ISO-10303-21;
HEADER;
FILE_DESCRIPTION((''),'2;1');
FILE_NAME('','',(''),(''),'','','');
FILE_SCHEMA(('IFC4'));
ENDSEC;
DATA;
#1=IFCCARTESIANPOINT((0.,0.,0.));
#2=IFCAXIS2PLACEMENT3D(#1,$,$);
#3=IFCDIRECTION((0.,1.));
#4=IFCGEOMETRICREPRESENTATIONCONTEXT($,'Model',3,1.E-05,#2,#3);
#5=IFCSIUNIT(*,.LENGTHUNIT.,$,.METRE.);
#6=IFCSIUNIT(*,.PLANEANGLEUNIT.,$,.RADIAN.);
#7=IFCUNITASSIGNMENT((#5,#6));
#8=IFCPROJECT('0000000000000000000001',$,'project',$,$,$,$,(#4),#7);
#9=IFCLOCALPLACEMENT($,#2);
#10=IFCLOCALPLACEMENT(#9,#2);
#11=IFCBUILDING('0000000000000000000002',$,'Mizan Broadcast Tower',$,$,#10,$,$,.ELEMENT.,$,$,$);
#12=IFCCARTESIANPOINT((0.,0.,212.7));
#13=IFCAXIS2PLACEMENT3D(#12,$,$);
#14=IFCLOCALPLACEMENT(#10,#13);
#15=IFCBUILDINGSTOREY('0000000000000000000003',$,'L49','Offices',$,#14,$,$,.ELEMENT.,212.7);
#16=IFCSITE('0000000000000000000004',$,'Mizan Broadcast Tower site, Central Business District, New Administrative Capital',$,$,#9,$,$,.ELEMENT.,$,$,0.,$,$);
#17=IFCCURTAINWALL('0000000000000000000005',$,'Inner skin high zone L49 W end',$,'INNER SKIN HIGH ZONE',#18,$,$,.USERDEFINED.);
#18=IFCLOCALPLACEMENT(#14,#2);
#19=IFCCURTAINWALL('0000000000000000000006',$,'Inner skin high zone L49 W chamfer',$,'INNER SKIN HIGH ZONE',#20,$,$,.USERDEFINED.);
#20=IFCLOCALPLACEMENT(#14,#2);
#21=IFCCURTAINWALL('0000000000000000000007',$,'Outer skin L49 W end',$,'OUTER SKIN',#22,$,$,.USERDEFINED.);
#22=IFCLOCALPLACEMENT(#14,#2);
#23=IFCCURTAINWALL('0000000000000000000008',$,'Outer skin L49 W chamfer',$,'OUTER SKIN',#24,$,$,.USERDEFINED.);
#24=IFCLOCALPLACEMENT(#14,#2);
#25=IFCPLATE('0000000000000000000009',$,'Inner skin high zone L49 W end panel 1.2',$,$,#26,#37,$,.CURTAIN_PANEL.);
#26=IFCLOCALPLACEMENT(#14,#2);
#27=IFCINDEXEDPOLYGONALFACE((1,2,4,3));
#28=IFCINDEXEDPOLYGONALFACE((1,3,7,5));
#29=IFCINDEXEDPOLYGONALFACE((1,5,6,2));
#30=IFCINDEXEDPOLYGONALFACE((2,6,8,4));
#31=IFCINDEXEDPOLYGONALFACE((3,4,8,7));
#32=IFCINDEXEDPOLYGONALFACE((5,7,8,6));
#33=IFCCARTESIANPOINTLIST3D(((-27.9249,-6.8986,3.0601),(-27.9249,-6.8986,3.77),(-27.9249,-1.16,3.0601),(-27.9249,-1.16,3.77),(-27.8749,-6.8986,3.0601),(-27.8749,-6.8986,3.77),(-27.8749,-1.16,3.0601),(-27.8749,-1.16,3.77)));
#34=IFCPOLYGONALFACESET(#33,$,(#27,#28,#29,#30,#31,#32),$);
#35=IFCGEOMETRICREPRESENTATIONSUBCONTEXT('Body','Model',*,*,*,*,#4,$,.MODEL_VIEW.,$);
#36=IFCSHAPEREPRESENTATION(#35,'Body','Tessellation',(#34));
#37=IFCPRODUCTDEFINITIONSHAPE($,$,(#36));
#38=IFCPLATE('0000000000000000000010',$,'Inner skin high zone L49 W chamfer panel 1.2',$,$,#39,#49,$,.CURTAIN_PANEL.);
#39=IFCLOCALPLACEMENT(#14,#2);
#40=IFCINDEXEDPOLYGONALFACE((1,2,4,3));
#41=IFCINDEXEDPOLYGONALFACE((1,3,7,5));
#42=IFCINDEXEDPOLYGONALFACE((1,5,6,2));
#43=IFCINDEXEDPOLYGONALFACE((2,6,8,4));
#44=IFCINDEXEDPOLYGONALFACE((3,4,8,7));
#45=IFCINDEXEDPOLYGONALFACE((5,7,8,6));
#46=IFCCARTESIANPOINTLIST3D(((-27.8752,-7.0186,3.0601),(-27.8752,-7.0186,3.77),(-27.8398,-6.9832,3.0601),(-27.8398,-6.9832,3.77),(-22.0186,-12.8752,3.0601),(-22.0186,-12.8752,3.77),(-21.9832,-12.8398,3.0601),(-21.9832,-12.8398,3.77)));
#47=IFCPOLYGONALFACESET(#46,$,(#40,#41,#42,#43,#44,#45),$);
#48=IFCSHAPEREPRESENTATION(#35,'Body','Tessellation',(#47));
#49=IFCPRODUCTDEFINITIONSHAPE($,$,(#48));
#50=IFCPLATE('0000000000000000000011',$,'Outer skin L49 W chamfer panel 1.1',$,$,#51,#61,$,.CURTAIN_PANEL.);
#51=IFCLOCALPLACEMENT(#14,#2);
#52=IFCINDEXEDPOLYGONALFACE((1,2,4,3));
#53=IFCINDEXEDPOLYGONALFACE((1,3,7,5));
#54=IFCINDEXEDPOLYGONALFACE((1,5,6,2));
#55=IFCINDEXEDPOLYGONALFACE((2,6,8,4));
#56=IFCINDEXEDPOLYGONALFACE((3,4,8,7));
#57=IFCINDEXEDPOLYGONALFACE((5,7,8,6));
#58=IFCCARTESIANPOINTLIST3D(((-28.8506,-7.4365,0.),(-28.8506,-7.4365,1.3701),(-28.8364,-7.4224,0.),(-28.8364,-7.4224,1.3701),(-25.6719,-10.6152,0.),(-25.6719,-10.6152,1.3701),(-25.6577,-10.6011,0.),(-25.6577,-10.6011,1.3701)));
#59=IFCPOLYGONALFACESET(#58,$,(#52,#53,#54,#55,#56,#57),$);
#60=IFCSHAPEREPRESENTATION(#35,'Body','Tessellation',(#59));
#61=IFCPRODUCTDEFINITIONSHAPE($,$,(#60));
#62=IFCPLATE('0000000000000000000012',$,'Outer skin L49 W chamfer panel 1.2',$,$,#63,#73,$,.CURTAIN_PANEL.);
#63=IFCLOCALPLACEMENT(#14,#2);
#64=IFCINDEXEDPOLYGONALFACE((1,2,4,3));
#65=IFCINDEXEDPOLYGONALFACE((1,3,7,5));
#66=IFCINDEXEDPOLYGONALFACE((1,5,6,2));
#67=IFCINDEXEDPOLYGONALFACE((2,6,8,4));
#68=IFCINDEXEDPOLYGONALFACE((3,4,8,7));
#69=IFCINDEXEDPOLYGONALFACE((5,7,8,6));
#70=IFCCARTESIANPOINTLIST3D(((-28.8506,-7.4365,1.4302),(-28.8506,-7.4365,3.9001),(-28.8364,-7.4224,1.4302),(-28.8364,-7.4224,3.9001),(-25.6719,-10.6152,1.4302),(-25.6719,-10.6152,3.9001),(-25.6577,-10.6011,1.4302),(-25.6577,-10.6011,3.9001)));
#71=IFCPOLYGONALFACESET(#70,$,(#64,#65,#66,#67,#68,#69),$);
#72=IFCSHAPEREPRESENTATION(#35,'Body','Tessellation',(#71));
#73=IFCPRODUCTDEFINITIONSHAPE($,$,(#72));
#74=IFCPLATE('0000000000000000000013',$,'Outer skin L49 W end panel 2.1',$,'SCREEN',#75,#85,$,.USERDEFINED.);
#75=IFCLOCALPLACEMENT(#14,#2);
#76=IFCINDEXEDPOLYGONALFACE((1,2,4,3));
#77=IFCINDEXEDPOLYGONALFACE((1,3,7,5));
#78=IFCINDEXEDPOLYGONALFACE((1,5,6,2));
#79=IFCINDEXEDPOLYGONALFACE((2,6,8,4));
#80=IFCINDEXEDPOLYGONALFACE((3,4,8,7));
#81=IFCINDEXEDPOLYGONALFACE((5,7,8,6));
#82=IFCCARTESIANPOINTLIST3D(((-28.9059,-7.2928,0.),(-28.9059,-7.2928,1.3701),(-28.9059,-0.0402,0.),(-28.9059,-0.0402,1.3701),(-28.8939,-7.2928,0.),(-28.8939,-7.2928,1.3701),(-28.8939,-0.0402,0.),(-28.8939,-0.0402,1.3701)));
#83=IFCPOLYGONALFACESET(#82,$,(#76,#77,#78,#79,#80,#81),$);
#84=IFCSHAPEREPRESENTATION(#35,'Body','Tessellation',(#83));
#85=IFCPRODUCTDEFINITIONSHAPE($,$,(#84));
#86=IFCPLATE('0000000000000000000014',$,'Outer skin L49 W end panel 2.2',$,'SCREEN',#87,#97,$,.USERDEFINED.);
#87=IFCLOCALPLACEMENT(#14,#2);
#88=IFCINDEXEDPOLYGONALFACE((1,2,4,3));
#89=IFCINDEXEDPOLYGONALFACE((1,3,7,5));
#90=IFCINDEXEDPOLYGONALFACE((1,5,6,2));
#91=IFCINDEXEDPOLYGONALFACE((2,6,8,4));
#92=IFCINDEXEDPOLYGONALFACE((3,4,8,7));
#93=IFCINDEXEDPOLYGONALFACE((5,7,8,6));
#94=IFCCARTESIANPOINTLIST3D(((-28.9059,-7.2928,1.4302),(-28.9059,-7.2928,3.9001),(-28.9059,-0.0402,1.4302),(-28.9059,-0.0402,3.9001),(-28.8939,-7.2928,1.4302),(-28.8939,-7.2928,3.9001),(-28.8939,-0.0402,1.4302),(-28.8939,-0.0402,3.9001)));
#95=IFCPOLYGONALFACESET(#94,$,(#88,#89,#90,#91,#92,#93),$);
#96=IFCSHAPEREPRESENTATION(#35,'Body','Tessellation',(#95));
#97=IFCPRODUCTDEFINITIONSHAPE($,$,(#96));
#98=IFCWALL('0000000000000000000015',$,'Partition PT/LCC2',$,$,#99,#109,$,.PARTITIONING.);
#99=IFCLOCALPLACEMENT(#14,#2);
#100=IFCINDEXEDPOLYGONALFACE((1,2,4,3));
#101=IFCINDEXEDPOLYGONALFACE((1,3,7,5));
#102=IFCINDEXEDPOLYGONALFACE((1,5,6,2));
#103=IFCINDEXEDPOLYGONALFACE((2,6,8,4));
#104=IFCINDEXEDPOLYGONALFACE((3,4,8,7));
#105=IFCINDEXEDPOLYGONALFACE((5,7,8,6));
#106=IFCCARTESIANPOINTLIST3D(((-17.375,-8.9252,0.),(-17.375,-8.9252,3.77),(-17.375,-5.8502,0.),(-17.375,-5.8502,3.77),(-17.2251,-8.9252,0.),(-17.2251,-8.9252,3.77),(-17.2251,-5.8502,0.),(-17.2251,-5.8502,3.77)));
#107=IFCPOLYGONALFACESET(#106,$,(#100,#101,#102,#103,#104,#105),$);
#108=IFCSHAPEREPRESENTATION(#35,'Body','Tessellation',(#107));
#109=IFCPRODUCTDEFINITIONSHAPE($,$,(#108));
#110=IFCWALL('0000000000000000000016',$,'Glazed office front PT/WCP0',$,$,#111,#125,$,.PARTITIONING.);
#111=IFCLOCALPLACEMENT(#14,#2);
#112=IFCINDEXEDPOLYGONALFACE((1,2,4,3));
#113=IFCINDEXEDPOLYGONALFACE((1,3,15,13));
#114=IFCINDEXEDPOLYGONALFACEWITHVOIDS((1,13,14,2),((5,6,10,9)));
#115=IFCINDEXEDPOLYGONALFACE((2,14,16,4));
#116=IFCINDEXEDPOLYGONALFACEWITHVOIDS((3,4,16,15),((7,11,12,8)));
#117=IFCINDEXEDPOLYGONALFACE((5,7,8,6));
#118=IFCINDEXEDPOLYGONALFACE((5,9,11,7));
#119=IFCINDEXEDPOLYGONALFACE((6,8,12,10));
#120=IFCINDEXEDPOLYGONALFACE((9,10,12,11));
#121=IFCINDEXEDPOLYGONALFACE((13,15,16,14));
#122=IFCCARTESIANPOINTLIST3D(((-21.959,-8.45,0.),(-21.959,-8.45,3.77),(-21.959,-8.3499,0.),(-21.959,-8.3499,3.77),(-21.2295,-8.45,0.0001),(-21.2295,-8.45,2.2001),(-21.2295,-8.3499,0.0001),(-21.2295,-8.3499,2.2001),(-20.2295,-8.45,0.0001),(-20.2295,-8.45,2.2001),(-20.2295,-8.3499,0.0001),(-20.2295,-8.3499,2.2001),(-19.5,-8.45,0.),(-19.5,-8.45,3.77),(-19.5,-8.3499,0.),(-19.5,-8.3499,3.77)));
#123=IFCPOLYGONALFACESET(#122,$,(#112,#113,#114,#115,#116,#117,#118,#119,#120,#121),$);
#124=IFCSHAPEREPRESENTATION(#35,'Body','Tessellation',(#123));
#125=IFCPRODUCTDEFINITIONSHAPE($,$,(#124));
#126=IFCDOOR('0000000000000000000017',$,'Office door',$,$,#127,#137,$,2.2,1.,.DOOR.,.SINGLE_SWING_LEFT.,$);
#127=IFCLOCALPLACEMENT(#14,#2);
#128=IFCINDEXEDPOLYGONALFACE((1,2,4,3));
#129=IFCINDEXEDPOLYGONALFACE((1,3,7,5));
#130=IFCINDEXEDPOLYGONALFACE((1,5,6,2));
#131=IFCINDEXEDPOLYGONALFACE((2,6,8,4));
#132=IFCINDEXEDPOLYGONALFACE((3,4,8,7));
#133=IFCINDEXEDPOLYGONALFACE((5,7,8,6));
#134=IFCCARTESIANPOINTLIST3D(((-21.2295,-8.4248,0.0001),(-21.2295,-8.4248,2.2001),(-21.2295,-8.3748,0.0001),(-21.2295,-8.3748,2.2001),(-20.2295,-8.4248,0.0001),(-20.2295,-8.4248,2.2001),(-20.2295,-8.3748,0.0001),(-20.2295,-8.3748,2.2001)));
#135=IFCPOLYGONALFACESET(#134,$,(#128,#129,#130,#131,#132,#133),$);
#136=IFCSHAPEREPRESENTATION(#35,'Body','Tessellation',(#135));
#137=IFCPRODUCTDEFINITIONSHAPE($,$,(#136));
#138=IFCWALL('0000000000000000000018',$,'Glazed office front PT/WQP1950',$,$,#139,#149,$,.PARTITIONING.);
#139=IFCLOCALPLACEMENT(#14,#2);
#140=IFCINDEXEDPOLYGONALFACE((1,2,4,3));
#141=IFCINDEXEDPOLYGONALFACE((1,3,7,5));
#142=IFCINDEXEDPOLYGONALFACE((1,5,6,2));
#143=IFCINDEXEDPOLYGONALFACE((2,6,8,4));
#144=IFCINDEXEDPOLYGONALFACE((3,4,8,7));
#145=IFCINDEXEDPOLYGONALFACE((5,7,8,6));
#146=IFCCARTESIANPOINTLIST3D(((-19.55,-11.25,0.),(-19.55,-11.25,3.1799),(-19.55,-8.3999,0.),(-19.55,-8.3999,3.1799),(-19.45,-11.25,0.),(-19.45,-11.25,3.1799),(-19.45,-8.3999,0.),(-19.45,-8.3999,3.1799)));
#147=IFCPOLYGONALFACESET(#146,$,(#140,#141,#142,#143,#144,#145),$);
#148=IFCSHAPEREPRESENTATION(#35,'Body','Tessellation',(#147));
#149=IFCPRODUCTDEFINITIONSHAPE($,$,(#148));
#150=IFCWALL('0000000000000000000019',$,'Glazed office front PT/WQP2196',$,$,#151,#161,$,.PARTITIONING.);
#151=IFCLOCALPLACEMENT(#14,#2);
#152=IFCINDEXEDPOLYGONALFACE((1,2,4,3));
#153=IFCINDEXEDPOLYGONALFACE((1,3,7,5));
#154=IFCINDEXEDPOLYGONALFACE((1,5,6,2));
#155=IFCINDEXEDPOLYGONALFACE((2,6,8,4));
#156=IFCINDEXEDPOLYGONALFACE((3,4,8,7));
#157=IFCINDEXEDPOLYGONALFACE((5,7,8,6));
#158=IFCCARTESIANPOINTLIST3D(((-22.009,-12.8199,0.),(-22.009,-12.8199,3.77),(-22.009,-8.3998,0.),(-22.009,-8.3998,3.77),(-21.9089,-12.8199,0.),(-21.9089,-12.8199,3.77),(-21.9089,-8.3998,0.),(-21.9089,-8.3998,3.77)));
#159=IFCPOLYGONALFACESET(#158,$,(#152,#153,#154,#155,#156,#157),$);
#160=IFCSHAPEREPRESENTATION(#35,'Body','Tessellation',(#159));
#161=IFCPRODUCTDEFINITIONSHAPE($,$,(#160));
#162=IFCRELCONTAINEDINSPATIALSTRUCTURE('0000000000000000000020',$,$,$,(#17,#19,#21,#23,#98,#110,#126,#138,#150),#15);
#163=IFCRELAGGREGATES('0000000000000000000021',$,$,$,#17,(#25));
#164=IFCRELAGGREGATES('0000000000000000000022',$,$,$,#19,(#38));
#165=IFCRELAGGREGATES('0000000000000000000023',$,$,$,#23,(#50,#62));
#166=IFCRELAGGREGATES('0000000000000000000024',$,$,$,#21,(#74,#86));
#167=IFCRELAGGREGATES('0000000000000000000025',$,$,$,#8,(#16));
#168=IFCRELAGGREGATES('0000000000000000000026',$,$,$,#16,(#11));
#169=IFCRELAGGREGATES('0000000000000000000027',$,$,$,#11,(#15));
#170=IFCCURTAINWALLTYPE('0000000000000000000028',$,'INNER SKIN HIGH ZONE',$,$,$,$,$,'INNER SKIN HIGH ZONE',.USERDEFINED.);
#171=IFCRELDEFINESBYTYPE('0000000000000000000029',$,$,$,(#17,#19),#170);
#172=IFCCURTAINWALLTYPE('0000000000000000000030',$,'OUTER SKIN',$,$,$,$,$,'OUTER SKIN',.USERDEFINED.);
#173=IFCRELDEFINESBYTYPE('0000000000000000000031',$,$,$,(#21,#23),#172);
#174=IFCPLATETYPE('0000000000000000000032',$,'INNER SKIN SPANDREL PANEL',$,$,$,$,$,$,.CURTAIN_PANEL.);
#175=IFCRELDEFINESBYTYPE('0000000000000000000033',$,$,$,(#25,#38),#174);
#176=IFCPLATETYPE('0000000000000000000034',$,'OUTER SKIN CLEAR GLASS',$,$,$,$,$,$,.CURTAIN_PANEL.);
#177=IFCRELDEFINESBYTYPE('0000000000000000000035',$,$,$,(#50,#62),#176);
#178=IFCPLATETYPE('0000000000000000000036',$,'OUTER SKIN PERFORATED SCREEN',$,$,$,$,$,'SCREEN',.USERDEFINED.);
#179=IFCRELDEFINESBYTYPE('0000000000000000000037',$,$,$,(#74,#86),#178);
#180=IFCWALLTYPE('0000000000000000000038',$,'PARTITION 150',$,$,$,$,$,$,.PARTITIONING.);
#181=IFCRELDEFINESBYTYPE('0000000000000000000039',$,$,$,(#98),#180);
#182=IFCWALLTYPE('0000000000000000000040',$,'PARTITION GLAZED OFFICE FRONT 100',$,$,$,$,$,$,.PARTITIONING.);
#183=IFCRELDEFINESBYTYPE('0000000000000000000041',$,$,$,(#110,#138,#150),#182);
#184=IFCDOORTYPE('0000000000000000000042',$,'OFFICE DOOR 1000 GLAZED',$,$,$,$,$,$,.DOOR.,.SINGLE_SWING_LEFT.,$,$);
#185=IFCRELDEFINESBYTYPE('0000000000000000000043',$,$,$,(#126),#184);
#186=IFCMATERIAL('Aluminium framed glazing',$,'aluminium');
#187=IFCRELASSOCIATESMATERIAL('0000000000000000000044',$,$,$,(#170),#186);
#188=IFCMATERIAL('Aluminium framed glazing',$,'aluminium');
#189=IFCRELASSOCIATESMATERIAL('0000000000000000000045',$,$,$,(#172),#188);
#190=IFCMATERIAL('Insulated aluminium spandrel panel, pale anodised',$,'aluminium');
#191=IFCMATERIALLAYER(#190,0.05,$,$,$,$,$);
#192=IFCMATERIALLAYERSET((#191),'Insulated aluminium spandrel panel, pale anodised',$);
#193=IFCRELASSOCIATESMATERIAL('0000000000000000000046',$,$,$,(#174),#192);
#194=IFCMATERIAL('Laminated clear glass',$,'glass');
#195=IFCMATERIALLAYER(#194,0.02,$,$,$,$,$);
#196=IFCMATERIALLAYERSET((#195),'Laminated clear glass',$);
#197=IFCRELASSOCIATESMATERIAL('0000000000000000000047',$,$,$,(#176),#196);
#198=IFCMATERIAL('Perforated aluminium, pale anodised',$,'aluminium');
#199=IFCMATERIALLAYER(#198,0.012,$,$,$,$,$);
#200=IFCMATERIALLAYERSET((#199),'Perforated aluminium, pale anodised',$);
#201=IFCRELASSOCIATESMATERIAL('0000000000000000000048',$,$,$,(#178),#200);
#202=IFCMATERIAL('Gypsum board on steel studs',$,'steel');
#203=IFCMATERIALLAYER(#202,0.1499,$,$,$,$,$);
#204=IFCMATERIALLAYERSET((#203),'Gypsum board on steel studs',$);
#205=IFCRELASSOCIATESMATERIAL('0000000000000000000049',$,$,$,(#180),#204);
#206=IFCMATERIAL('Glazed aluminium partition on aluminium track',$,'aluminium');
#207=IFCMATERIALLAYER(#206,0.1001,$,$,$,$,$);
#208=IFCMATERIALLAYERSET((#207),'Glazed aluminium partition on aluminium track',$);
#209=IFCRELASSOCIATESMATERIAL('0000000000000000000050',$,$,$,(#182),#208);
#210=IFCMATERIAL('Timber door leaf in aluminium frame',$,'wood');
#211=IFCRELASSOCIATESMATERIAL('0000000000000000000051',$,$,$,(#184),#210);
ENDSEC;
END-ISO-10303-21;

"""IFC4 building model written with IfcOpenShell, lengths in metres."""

from ifc_helpers import new_model, si_unit, direction, frame, frame_2d, origin, origin_2d, place, context, subcontext, project, spatial, rectangle, extrude, material, layer, layer_set, type_object, element, fill, aggregate, save


model = new_model("IFC4")

# Units and contexts
model_context = context("Model", 3, precision=1e-05, world=origin(), true_north=direction((0.0, 1.0)))
body_context = subcontext(model_context, "Body", "Model", "MODEL_VIEW")
ifc_project = project(units=[si_unit("LENGTHUNIT", "METRE"), si_unit("PLANEANGLEUNIT", "RADIAN")], contexts=[model_context])

# Site, building, storey
site_placement = place(None, origin())
site = spatial("IfcSite", under=ifc_project, at=site_placement, Name="Mizan Broadcast Tower site, Central Business District, New Administrative Capital", CompositionType="ELEMENT", RefElevation=0.0)
building_placement = place(site_placement, origin())
building = spatial("IfcBuilding", under=site, at=building_placement, Name="Mizan Broadcast Tower", CompositionType="ELEMENT")
storey_placement = place(building_placement, frame((0.0, 0.0, 212.7)))
storey = spatial("IfcBuildingStorey", under=building, at=storey_placement, Name="L49", Description="Offices", CompositionType="ELEMENT", Elevation=212.7)

# Curtain wall
ifc_material_1 = material(Name="Aluminium framed glazing", Category="aluminium")
curtain_wall_type_1 = type_object("IfcCurtainWallType", Name="INNER SKIN HIGH ZONE", ElementType="INNER SKIN HIGH ZONE", PredefinedType="USERDEFINED", material=ifc_material_1)
curtain_wall_1_placement = place(storey_placement, origin())
curtain_wall_1 = element("IfcCurtainWall", 1, at=curtain_wall_1_placement, inside=storey, type_object=curtain_wall_type_1, Name="Inner skin high zone L49 W end", ObjectType="INNER SKIN HIGH ZONE", PredefinedType="USERDEFINED")

# Curtain wall
curtain_wall_2_placement = place(storey_placement, origin())
curtain_wall_2 = element("IfcCurtainWall", 2, at=curtain_wall_2_placement, inside=storey, type_object=curtain_wall_type_1, Name="Inner skin high zone L49 W chamfer", ObjectType="INNER SKIN HIGH ZONE", PredefinedType="USERDEFINED")

# Curtain wall
ifc_material_2 = material(Name="Aluminium framed glazing", Category="aluminium")
curtain_wall_type_2 = type_object("IfcCurtainWallType", Name="OUTER SKIN", ElementType="OUTER SKIN", PredefinedType="USERDEFINED", material=ifc_material_2)
curtain_wall_3_placement = place(storey_placement, origin())
curtain_wall_3 = element("IfcCurtainWall", 3, at=curtain_wall_3_placement, inside=storey, type_object=curtain_wall_type_2, Name="Outer skin L49 W end", ObjectType="OUTER SKIN", PredefinedType="USERDEFINED")

# Curtain wall
curtain_wall_4_placement = place(storey_placement, origin())
curtain_wall_4 = element("IfcCurtainWall", 4, at=curtain_wall_4_placement, inside=storey, type_object=curtain_wall_type_2, Name="Outer skin L49 W chamfer", ObjectType="OUTER SKIN", PredefinedType="USERDEFINED")

# Plates
ifc_material_3 = material(Name="Insulated aluminium spandrel panel, pale anodised", Category="aluminium")
ifc_layer_1 = layer(ifc_material_3, 0.05)
ifc_layer_set_1 = layer_set([ifc_layer_1], Name="Insulated aluminium spandrel panel, pale anodised")
plate_type_1 = type_object("IfcPlateType", Name="INNER SKIN SPANDREL PANEL", PredefinedType="CURTAIN_PANEL", material=ifc_layer_set_1)
plate_1_placement = place(storey_placement, frame((-27.8999, -4.0293, 3.0601), z_axis=(0.0, 0.0, 1.0), x_axis=(0.0, -1.0, 0.0)))
plate_1 = element("IfcPlate", 5, at=plate_1_placement, type_object=plate_type_1, Name="Inner skin high zone L49 W end panel 1.2", PredefinedType="CURTAIN_PANEL", context=body_context, shape_type="SweptSolid", body=[
    extrude(rectangle(XDim=5.7385, YDim=0.05, at=origin_2d()), origin(), (0.0, 0.0, 1.0), 0.71),
])
aggregate(curtain_wall_1, [plate_1])
plate_2_placement = place(storey_placement, frame((-24.9292, -9.9292, 3.0601), z_axis=(0.0, 0.0, 1.0), x_axis=(0.707107, -0.707107, 0.0)))
plate_2 = element("IfcPlate", 6, at=plate_2_placement, type_object=plate_type_1, Name="Inner skin high zone L49 W chamfer panel 1.2", PredefinedType="CURTAIN_PANEL", context=body_context, shape_type="SweptSolid", body=[
    extrude(rectangle(XDim=8.2825, YDim=0.05, at=origin_2d()), origin(), (0.0, 0.0, 1.0), 0.71),
])
aggregate(curtain_wall_2, [plate_2])
ifc_material_4 = material(Name="Laminated clear glass", Category="glass")
ifc_layer_2 = layer(ifc_material_4, 0.02)
ifc_layer_set_2 = layer_set([ifc_layer_2], Name="Laminated clear glass")
plate_type_2 = type_object("IfcPlateType", Name="OUTER SKIN CLEAR GLASS", PredefinedType="CURTAIN_PANEL", material=ifc_layer_set_2)
plate_3_placement = place(storey_placement, frame((-27.2542, -9.0188, 0.0), z_axis=(0.0, 0.0, 1.0), x_axis=(0.707107, -0.707107, 0.0)))
plate_3 = element("IfcPlate", 7, at=plate_3_placement, type_object=plate_type_2, Name="Outer skin L49 W chamfer panel 1.1", PredefinedType="CURTAIN_PANEL", context=body_context, shape_type="SweptSolid", body=[
    extrude(rectangle(XDim=4.4954, YDim=0.02, at=origin_2d()), origin(), (0.0, 0.0, 1.0), 1.3701),
])
plate_4_placement = place(storey_placement, frame((-27.2542, -9.0188, 1.4302), z_axis=(0.0, 0.0, 1.0), x_axis=(0.707107, -0.707107, 0.0)))
plate_4 = element("IfcPlate", 8, at=plate_4_placement, type_object=plate_type_2, Name="Outer skin L49 W chamfer panel 1.2", PredefinedType="CURTAIN_PANEL", context=body_context, shape_type="SweptSolid", body=[
    extrude(rectangle(XDim=4.4954, YDim=0.02, at=origin_2d()), origin(), (0.0, 0.0, 1.0), 2.47),
])
aggregate(curtain_wall_4, [plate_3, plate_4])
ifc_material_5 = material(Name="Perforated aluminium, pale anodised", Category="aluminium")
ifc_layer_3 = layer(ifc_material_5, 0.012)
ifc_layer_set_3 = layer_set([ifc_layer_3], Name="Perforated aluminium, pale anodised")
plate_type_3 = type_object("IfcPlateType", Name="OUTER SKIN PERFORATED SCREEN", ElementType="SCREEN", PredefinedType="USERDEFINED", material=ifc_layer_set_3)
plate_5_placement = place(storey_placement, frame((-28.8999, -3.6665, 0.0), z_axis=(0.0, 0.0, 1.0), x_axis=(0.0, -1.0, 0.0)))
plate_5 = element("IfcPlate", 9, at=plate_5_placement, type_object=plate_type_3, Name="Outer skin L49 W end panel 2.1", ObjectType="SCREEN", PredefinedType="USERDEFINED", context=body_context, shape_type="SweptSolid", body=[
    extrude(rectangle(XDim=7.2527, YDim=0.012, at=origin_2d()), origin(), (0.0, 0.0, 1.0), 1.3701),
])
plate_6_placement = place(storey_placement, frame((-28.8999, -3.6665, 1.4302), z_axis=(0.0, 0.0, 1.0), x_axis=(0.0, -1.0, 0.0)))
plate_6 = element("IfcPlate", 10, at=plate_6_placement, type_object=plate_type_3, Name="Outer skin L49 W end panel 2.2", ObjectType="SCREEN", PredefinedType="USERDEFINED", context=body_context, shape_type="SweptSolid", body=[
    extrude(rectangle(XDim=7.2527, YDim=0.012, at=origin_2d()), origin(), (0.0, 0.0, 1.0), 2.47),
])
aggregate(curtain_wall_3, [plate_5, plate_6])

# Wall
ifc_material_6 = material(Name="Gypsum board on steel studs", Category="steel")
ifc_layer_4 = layer(ifc_material_6, 0.1499)
ifc_layer_set_4 = layer_set([ifc_layer_4], Name="Gypsum board on steel studs")
wall_type_1 = type_object("IfcWallType", Name="PARTITION 150", PredefinedType="PARTITIONING", material=ifc_layer_set_4)
wall_1_placement = place(storey_placement, frame((-17.3, -5.8501, 0.0), z_axis=(0.0, 0.0, 1.0), x_axis=(0.0, -1.0, 0.0)))
element("IfcWall", 11, at=wall_1_placement, inside=storey, type_object=wall_type_1, Name="Partition PT/LCC2", PredefinedType="PARTITIONING", context=body_context, shape_type="SweptSolid", body=[
    extrude(rectangle(XDim=3.075, YDim=0.1499, at=frame_2d((1.5376, 0.0))), origin(), (0.0, 0.0, 1.0), 3.77),
])

# Wall, opening, door
ifc_material_7 = material(Name="Glazed aluminium partition on aluminium track", Category="aluminium")
ifc_layer_5 = layer(ifc_material_7, 0.1001)
ifc_layer_set_5 = layer_set([ifc_layer_5], Name="Glazed aluminium partition on aluminium track")
wall_type_2 = type_object("IfcWallType", Name="PARTITION GLAZED OFFICE FRONT 100", PredefinedType="PARTITIONING", material=ifc_layer_set_5)
wall_2_placement = place(storey_placement, frame((-19.5, -8.3999, 0.0), z_axis=(0.0, 0.0, 1.0), x_axis=(-1.0, 0.0, 0.0)))
wall_2 = element("IfcWall", 12, at=wall_2_placement, inside=storey, type_object=wall_type_2, Name="Glazed office front PT/WCP0", PredefinedType="PARTITIONING", context=body_context, shape_type="SweptSolid", body=[
    extrude(rectangle(XDim=2.459, YDim=0.1001, at=frame_2d((1.2295, 0.0))), origin(), (0.0, 0.0, 1.0), 3.77),
])
opening_placement = place(wall_2_placement, frame((0.7295, 0.0, 0.0)))
opening = element("IfcOpeningElement", 13, at=opening_placement, cuts=wall_2, PredefinedType="OPENING", context=body_context, shape_type="SweptSolid", body=[
    extrude(rectangle(XDim=1.0, YDim=2.2, at=frame_2d((0.5, 1.1001))), frame((0.0, 0.0601, 0.0), z_axis=(0.0, -1.0, 0.0), x_axis=(1.0, 0.0, 0.0)), (0.0, 0.0, 1.0), 0.1201),
])
ifc_material_8 = material(Name="Timber door leaf in aluminium frame", Category="wood")
door_type = type_object("IfcDoorType", Name="OFFICE DOOR 1000 GLAZED", OperationType="SINGLE_SWING_LEFT", PredefinedType="DOOR", material=ifc_material_8)
door_placement = place(opening_placement, origin())
door = element("IfcDoor", 14, at=door_placement, inside=storey, type_object=door_type, Name="Office door", OperationType="SINGLE_SWING_LEFT", OverallHeight=2.2, OverallWidth=1.0, PredefinedType="DOOR", context=body_context, shape_type="SweptSolid", body=[
    extrude(rectangle(XDim=1.0, YDim=2.2, at=frame_2d((0.5, 1.1001))), frame((0.0, 0.0249, 0.0), z_axis=(0.0, -1.0, 0.0), x_axis=(1.0, 0.0, 0.0)), (0.0, 0.0, 1.0), 0.05),
])
fill(opening, door)

# Walls
wall_3_placement = place(storey_placement, frame((-19.5, -8.3999, 0.0), z_axis=(0.0, 0.0, 1.0), x_axis=(0.0, -1.0, 0.0)))
element("IfcWall", 15, at=wall_3_placement, inside=storey, type_object=wall_type_2, Name="Glazed office front PT/WQP1950", PredefinedType="PARTITIONING", context=body_context, shape_type="SweptSolid", body=[
    extrude(rectangle(XDim=2.8501, YDim=0.1001, at=frame_2d((1.425, 0.0))), origin(), (0.0, 0.0, 1.0), 3.1799),
])
wall_4_placement = place(storey_placement, frame((-21.959, -8.3999, 0.0), z_axis=(0.0, 0.0, 1.0), x_axis=(0.0, -1.0, 0.0)))
element("IfcWall", 16, at=wall_4_placement, inside=storey, type_object=wall_type_2, Name="Glazed office front PT/WQP2196", PredefinedType="PARTITIONING", context=body_context, shape_type="SweptSolid", body=[
    extrude(rectangle(XDim=4.4202, YDim=0.1001, at=frame_2d((2.21, 0.0))), origin(), (0.0, 0.0, 1.0), 3.77),
])

save(model, "model.ifc")
